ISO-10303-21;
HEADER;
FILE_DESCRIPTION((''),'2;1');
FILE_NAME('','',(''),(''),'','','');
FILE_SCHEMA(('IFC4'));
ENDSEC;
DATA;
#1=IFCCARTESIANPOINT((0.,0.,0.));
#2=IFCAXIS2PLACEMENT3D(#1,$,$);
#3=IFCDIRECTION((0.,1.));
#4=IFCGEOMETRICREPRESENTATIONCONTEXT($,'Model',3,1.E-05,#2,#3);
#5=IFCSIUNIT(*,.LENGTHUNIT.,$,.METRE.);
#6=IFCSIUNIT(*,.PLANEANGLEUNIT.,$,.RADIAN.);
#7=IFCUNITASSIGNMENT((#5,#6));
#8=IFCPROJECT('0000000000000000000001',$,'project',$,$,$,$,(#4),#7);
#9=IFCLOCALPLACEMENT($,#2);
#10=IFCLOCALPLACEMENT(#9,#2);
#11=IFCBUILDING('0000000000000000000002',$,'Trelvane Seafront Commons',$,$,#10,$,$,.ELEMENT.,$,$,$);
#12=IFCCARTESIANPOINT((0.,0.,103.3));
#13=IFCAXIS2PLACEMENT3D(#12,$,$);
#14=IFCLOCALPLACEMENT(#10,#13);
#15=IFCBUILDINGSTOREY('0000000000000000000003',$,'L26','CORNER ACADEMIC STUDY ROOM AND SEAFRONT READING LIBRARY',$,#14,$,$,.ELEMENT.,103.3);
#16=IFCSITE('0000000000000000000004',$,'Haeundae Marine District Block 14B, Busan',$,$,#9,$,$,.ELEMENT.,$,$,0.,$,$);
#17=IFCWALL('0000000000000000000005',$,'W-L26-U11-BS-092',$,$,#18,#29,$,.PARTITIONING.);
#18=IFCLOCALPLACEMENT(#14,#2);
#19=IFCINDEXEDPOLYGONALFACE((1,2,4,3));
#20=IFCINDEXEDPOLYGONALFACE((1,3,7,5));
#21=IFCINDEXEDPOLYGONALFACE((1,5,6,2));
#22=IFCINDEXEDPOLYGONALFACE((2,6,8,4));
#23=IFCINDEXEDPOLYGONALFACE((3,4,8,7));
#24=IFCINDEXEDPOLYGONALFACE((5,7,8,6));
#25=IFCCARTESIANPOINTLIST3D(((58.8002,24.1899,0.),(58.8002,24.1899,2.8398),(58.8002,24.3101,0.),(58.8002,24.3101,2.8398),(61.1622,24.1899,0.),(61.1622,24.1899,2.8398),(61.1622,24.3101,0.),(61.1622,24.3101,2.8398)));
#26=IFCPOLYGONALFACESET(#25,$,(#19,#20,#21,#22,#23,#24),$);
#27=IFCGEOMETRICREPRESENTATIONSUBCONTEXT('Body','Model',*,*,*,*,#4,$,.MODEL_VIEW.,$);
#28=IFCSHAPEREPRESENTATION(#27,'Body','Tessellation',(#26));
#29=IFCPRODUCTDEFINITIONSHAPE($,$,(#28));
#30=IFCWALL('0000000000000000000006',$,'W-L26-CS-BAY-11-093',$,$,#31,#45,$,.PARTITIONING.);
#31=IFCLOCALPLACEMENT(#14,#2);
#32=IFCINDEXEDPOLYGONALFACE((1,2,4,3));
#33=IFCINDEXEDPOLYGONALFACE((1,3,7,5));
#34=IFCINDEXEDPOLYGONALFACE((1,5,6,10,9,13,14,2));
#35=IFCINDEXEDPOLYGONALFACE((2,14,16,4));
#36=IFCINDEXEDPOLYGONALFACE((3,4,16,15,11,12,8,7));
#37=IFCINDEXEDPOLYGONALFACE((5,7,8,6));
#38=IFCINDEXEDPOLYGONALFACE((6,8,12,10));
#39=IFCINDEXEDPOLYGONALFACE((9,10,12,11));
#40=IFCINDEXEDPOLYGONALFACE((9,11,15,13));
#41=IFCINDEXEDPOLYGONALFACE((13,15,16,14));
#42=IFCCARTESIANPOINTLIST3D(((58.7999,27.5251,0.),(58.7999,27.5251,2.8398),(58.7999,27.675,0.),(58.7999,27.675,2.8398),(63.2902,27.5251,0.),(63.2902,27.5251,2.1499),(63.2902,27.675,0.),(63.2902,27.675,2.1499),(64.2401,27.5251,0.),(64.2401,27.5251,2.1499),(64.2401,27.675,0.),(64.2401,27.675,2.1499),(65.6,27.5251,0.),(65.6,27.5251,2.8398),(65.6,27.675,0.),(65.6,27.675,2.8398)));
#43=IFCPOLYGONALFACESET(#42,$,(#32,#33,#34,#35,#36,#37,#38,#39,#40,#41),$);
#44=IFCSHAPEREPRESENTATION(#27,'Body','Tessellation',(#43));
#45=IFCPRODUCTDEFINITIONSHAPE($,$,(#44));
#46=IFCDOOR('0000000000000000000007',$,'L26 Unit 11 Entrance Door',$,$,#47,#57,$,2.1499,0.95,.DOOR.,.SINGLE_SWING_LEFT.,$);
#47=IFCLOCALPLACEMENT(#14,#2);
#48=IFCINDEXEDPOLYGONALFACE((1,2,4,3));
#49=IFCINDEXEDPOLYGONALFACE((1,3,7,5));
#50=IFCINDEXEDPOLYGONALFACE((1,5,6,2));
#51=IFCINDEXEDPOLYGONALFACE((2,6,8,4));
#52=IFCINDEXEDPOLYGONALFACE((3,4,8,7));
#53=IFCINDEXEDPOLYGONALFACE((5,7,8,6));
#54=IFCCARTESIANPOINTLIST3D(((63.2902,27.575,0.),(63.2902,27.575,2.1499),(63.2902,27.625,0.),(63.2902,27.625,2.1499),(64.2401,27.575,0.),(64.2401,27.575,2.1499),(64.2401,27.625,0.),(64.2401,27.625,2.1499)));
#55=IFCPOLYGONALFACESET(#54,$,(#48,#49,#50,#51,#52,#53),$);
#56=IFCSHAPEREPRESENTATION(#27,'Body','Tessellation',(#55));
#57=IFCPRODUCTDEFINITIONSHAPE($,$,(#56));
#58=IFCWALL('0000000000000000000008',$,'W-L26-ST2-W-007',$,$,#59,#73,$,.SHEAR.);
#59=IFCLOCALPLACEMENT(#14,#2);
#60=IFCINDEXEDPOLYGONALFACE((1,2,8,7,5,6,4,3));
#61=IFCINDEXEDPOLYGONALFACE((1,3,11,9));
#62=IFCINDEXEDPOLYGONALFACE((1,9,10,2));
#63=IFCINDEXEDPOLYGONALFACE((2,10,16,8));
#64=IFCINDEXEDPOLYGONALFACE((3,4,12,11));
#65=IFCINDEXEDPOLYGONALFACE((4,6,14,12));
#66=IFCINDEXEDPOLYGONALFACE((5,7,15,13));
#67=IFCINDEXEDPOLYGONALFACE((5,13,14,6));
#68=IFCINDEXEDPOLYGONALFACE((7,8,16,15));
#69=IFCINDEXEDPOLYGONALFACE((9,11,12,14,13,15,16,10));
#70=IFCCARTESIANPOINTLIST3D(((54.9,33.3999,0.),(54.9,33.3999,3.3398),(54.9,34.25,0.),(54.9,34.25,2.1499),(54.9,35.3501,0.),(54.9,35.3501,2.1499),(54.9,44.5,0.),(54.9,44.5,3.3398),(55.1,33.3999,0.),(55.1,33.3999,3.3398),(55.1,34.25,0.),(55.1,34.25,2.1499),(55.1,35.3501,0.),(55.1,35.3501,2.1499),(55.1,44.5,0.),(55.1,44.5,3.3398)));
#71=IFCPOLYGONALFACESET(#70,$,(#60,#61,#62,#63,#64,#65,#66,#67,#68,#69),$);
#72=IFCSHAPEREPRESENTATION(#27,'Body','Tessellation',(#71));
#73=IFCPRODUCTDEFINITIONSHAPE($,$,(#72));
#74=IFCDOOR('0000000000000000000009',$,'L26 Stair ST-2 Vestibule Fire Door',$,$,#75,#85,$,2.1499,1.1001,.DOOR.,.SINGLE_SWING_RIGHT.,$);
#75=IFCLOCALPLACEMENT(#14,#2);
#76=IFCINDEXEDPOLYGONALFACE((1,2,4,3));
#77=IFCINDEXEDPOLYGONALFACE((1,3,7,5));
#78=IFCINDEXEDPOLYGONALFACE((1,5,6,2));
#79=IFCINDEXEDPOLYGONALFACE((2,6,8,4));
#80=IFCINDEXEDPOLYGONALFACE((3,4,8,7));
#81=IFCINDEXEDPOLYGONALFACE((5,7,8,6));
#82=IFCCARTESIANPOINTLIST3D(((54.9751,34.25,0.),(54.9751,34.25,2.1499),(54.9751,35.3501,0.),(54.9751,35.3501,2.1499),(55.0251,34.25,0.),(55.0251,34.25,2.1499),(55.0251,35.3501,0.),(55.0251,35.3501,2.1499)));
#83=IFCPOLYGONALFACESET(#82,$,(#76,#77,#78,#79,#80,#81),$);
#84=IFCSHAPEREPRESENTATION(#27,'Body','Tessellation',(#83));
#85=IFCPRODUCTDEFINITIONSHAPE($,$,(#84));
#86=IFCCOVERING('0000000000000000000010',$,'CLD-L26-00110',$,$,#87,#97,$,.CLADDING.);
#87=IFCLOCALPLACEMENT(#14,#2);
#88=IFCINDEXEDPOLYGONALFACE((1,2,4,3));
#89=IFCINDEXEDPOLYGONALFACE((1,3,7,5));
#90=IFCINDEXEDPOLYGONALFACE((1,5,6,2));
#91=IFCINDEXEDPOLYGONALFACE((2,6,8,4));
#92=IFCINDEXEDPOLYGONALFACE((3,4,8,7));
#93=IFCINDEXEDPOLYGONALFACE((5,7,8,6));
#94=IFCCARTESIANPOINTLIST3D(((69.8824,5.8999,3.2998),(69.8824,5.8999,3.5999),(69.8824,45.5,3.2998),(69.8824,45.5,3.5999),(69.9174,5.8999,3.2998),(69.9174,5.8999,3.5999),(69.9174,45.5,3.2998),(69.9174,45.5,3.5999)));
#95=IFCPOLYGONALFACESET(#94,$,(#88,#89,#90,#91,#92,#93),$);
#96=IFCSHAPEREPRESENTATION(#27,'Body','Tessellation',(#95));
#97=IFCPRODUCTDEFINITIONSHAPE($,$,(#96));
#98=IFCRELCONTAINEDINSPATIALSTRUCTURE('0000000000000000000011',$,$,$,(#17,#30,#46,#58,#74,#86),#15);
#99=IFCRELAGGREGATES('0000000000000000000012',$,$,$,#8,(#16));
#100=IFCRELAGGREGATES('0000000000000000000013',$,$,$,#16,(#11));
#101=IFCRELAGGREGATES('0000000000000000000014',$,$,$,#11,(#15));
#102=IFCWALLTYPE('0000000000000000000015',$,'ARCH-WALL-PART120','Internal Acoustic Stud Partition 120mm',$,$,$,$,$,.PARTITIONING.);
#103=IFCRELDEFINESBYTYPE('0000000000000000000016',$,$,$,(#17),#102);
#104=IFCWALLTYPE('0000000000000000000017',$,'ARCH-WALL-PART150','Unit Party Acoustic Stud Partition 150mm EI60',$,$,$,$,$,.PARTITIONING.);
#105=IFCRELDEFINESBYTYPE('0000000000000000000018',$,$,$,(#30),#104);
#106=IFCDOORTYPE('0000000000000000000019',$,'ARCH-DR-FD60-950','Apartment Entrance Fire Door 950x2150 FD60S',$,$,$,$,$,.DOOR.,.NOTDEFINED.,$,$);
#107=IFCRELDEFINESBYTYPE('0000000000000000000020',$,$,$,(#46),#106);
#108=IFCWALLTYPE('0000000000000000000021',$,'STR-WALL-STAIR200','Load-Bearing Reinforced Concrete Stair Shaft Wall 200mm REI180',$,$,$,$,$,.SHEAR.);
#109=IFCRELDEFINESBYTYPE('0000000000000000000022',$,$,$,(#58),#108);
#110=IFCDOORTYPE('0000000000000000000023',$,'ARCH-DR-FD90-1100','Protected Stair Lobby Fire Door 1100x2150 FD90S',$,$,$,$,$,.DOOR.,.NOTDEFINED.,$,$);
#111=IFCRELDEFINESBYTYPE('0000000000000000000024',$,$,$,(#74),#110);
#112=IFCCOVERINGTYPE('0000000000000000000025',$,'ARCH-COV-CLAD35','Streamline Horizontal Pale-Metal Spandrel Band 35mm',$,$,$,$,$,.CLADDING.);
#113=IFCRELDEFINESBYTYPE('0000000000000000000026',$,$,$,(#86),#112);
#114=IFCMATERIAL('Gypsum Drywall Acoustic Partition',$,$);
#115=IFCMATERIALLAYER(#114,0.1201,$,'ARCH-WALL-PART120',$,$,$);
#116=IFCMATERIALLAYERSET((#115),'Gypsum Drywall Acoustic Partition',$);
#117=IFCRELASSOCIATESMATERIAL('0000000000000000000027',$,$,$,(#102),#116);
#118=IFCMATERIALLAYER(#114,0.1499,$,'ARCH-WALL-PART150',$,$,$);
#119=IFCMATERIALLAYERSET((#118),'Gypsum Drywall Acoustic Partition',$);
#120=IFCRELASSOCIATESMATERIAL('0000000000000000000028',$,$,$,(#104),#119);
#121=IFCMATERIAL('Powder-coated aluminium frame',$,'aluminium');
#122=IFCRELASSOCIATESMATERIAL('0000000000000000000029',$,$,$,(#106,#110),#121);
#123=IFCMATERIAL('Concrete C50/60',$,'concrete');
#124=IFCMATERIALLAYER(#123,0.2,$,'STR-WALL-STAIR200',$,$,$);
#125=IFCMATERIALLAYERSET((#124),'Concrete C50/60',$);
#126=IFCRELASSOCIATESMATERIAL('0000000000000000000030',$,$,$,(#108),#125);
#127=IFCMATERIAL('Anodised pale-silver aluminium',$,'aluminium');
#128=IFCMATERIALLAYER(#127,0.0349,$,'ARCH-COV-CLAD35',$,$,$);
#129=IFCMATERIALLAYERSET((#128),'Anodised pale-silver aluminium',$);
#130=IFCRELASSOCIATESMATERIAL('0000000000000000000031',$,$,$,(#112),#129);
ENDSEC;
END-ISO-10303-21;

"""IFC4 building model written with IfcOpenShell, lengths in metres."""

from ifc_helpers import new_model, si_unit, direction, frame, frame_2d, origin, origin_2d, place, context, subcontext, project, spatial, rectangle, extrude, source, transform, mapped, material, layer, layer_set, type_object, element, fill, save


model = new_model("IFC4")

# Units and contexts
model_context = context("Model", 3, precision=1e-05, world=origin(), true_north=direction((0.0, 1.0)))
body_context = subcontext(model_context, "Body", "Model", "MODEL_VIEW")
ifc_project = project(units=[si_unit("LENGTHUNIT", "METRE"), si_unit("PLANEANGLEUNIT", "RADIAN")], contexts=[model_context])

# Site, building, storey
site_placement = place(None, origin())
site = spatial("IfcSite", under=ifc_project, at=site_placement, Name="Haeundae Marine District Block 14B, Busan", CompositionType="ELEMENT", RefElevation=0.0)
building_placement = place(site_placement, origin())
building = spatial("IfcBuilding", under=site, at=building_placement, Name="Trelvane Seafront Commons", CompositionType="ELEMENT")
storey_placement = place(building_placement, frame((0.0, 0.0, 103.3)))
storey = spatial("IfcBuildingStorey", under=building, at=storey_placement, Name="L26", Description="CORNER ACADEMIC STUDY ROOM AND SEAFRONT READING LIBRARY", CompositionType="ELEMENT", Elevation=103.3)

# Shared definitions
ifc_material_1 = material(Name="Anodised pale-silver aluminium", Category="aluminium")

# Shared definitions
ifc_material_2 = material(Name="Gypsum Drywall Acoustic Partition")
ifc_layer_1 = layer(ifc_material_2, 0.1201, Name="ARCH-WALL-PART120")
ifc_layer_set_1 = layer_set([ifc_layer_1], Name="Gypsum Drywall Acoustic Partition")
wall_type_1 = type_object("IfcWallType", Name="ARCH-WALL-PART120", Description="Internal Acoustic Stud Partition 120mm", PredefinedType="PARTITIONING", material=ifc_layer_set_1)
shared_shape_1 = source(origin(), body_context, "Body", "SweptSolid", [
    extrude(rectangle(XDim=0.95, YDim=2.1499, at=frame_2d((0.4751, 1.075))), frame((0.0, 0.0249, 0.0), z_axis=(0.0, -1.0, 0.0), x_axis=(1.0, 0.0, 0.0)), (0.0, 0.0, 1.0), 0.05),
])

# Wall
wall_1_placement = place(storey_placement, frame((58.8, 24.25, 0.0), z_axis=(0.0, 0.0, 1.0), x_axis=(1.0, 0.0, 0.0)))
element("IfcWall", 1, at=wall_1_placement, inside=storey, type_object=wall_type_1, Name="W-L26-U11-BS-092", PredefinedType="PARTITIONING", context=body_context, shape_type="SweptSolid", body=[
    extrude(rectangle(XDim=2.3621, YDim=0.1201, at=frame_2d((1.1812, 0.0))), origin(), (0.0, 0.0, 1.0), 2.8398),
])

# Walls, openings, doors
ifc_layer_2 = layer(ifc_material_2, 0.1499, Name="ARCH-WALL-PART150")
ifc_layer_set_2 = layer_set([ifc_layer_2], Name="Gypsum Drywall Acoustic Partition")
wall_type_2 = type_object("IfcWallType", Name="ARCH-WALL-PART150", Description="Unit Party Acoustic Stud Partition 150mm EI60", PredefinedType="PARTITIONING", material=ifc_layer_set_2)
ifc_material_3 = material(Name="Powder-coated aluminium frame", Category="aluminium")
door_type_1 = type_object("IfcDoorType", Name="ARCH-DR-FD60-950", Description="Apartment Entrance Fire Door 950x2150 FD60S", OperationType="NOTDEFINED", PredefinedType="DOOR", material=ifc_material_3)
wall_2_placement = place(storey_placement, frame((58.8, 27.6001, 0.0), z_axis=(0.0, 0.0, 1.0), x_axis=(1.0, 0.0, 0.0)))
wall_2 = element("IfcWall", 2, at=wall_2_placement, inside=storey, type_object=wall_type_2, Name="W-L26-CS-BAY-11-093", PredefinedType="PARTITIONING", context=body_context, shape_type="SweptSolid", body=[
    extrude(rectangle(XDim=6.8, YDim=0.1499, at=frame_2d((3.3999, 0.0))), origin(), (0.0, 0.0, 1.0), 2.8398),
])
opening_1_placement = place(wall_2_placement, frame((4.49, 0.0, 0.0)))
opening_1 = element("IfcOpeningElement", 3, at=opening_1_placement, cuts=wall_2, PredefinedType="OPENING", context=body_context, shape_type="SweptSolid", body=[
    extrude(rectangle(XDim=0.95, YDim=2.1499, at=frame_2d((0.4751, 1.075))), frame((0.0, 0.085, 0.0), z_axis=(0.0, -1.0, 0.0), x_axis=(1.0, 0.0, 0.0)), (0.0, 0.0, 1.0), 0.1699),
])
door_1_placement = place(opening_1_placement, origin())
door_1 = element("IfcDoor", 4, at=door_1_placement, inside=storey, type_object=door_type_1, Name="L26 Unit 11 Entrance Door", OperationType="SINGLE_SWING_LEFT", OverallHeight=2.1499, OverallWidth=0.95, PredefinedType="DOOR", context=body_context, shape_type="MappedRepresentation", body=[
    mapped(shared_shape_1, transform((0.0, 0.0, 0.0), x_axis=(1.0, 0.0, 0.0), y_axis=(0.0, 1.0, 0.0), z_axis=(0.0, 0.0, 1.0), scale=1.0)),
])
fill(opening_1, door_1)
ifc_material_4 = material(Name="Concrete C50/60", Category="concrete")
ifc_layer_3 = layer(ifc_material_4, 0.2, Name="STR-WALL-STAIR200")
ifc_layer_set_3 = layer_set([ifc_layer_3], Name="Concrete C50/60")
wall_type_3 = type_object("IfcWallType", Name="STR-WALL-STAIR200", Description="Load-Bearing Reinforced Concrete Stair Shaft Wall 200mm REI180", PredefinedType="SHEAR", material=ifc_layer_set_3)
wall_3_placement = place(storey_placement, frame((55.0, 33.3999, 0.0), z_axis=(0.0, 0.0, 1.0), x_axis=(0.0, 1.0, 0.0)))
wall_3 = element("IfcWall", 5, at=wall_3_placement, inside=storey, type_object=wall_type_3, Name="W-L26-ST2-W-007", PredefinedType="SHEAR", context=body_context, shape_type="SweptSolid", body=[
    extrude(rectangle(XDim=11.1001, YDim=0.2, at=frame_2d((5.55, 0.0))), origin(), (0.0, 0.0, 1.0), 3.3398),
])
opening_2_placement = place(wall_3_placement, frame((0.8501, 0.0, 0.0)))
opening_2 = element("IfcOpeningElement", 6, at=opening_2_placement, cuts=wall_3, PredefinedType="OPENING", context=body_context, shape_type="SweptSolid", body=[
    extrude(rectangle(XDim=1.1001, YDim=2.1499, at=frame_2d((0.55, 1.075))), frame((0.0, 0.1099, 0.0), z_axis=(0.0, -1.0, 0.0), x_axis=(1.0, 0.0, 0.0)), (0.0, 0.0, 1.0), 0.22),
])
door_type_2 = type_object("IfcDoorType", Name="ARCH-DR-FD90-1100", Description="Protected Stair Lobby Fire Door 1100x2150 FD90S", OperationType="NOTDEFINED", PredefinedType="DOOR", material=ifc_material_3)
shared_shape_2 = source(origin(), body_context, "Body", "SweptSolid", [
    extrude(rectangle(XDim=1.1001, YDim=2.1499, at=frame_2d((0.55, 1.075))), frame((0.0, 0.0249, 0.0), z_axis=(0.0, -1.0, 0.0), x_axis=(1.0, 0.0, 0.0)), (0.0, 0.0, 1.0), 0.05),
])
door_2_placement = place(opening_2_placement, origin())
door_2 = element("IfcDoor", 7, at=door_2_placement, inside=storey, type_object=door_type_2, Name="L26 Stair ST-2 Vestibule Fire Door", OperationType="SINGLE_SWING_RIGHT", OverallHeight=2.1499, OverallWidth=1.1001, PredefinedType="DOOR", context=body_context, shape_type="MappedRepresentation", body=[
    mapped(shared_shape_2, transform((0.0, 0.0, 0.0), x_axis=(1.0, 0.0, 0.0), y_axis=(0.0, 1.0, 0.0), z_axis=(0.0, 0.0, 1.0), scale=1.0)),
])
fill(opening_2, door_2)

# Covering
ifc_layer_4 = layer(ifc_material_1, 0.0349, Name="ARCH-COV-CLAD35")
ifc_layer_set_4 = layer_set([ifc_layer_4], Name="Anodised pale-silver aluminium")
covering_type = type_object("IfcCoveringType", Name="ARCH-COV-CLAD35", Description="Streamline Horizontal Pale-Metal Spandrel Band 35mm", PredefinedType="CLADDING", material=ifc_layer_set_4)
shared_shape_3 = source(origin(), body_context, "Body", "SweptSolid", [
    extrude(rectangle(XDim=39.6001, YDim=0.0349, at=origin_2d()), origin(), (0.0, 0.0, 1.0), 0.3),
])
covering_placement = place(storey_placement, frame((69.8999, 25.7, 3.2998), z_axis=(0.0, 0.0, 1.0), x_axis=(0.0, -1.0, 0.0)))
element("IfcCovering", 8, at=covering_placement, inside=storey, type_object=covering_type, Name="CLD-L26-00110", PredefinedType="CLADDING", context=body_context, shape_type="MappedRepresentation", body=[
    mapped(shared_shape_3, transform((0.0, 0.0, 0.0), x_axis=(1.0, 0.0, 0.0), y_axis=(0.0, 1.0, 0.0), z_axis=(0.0, 0.0, 1.0), scale=1.0)),
])

save(model, "model.ifc")
